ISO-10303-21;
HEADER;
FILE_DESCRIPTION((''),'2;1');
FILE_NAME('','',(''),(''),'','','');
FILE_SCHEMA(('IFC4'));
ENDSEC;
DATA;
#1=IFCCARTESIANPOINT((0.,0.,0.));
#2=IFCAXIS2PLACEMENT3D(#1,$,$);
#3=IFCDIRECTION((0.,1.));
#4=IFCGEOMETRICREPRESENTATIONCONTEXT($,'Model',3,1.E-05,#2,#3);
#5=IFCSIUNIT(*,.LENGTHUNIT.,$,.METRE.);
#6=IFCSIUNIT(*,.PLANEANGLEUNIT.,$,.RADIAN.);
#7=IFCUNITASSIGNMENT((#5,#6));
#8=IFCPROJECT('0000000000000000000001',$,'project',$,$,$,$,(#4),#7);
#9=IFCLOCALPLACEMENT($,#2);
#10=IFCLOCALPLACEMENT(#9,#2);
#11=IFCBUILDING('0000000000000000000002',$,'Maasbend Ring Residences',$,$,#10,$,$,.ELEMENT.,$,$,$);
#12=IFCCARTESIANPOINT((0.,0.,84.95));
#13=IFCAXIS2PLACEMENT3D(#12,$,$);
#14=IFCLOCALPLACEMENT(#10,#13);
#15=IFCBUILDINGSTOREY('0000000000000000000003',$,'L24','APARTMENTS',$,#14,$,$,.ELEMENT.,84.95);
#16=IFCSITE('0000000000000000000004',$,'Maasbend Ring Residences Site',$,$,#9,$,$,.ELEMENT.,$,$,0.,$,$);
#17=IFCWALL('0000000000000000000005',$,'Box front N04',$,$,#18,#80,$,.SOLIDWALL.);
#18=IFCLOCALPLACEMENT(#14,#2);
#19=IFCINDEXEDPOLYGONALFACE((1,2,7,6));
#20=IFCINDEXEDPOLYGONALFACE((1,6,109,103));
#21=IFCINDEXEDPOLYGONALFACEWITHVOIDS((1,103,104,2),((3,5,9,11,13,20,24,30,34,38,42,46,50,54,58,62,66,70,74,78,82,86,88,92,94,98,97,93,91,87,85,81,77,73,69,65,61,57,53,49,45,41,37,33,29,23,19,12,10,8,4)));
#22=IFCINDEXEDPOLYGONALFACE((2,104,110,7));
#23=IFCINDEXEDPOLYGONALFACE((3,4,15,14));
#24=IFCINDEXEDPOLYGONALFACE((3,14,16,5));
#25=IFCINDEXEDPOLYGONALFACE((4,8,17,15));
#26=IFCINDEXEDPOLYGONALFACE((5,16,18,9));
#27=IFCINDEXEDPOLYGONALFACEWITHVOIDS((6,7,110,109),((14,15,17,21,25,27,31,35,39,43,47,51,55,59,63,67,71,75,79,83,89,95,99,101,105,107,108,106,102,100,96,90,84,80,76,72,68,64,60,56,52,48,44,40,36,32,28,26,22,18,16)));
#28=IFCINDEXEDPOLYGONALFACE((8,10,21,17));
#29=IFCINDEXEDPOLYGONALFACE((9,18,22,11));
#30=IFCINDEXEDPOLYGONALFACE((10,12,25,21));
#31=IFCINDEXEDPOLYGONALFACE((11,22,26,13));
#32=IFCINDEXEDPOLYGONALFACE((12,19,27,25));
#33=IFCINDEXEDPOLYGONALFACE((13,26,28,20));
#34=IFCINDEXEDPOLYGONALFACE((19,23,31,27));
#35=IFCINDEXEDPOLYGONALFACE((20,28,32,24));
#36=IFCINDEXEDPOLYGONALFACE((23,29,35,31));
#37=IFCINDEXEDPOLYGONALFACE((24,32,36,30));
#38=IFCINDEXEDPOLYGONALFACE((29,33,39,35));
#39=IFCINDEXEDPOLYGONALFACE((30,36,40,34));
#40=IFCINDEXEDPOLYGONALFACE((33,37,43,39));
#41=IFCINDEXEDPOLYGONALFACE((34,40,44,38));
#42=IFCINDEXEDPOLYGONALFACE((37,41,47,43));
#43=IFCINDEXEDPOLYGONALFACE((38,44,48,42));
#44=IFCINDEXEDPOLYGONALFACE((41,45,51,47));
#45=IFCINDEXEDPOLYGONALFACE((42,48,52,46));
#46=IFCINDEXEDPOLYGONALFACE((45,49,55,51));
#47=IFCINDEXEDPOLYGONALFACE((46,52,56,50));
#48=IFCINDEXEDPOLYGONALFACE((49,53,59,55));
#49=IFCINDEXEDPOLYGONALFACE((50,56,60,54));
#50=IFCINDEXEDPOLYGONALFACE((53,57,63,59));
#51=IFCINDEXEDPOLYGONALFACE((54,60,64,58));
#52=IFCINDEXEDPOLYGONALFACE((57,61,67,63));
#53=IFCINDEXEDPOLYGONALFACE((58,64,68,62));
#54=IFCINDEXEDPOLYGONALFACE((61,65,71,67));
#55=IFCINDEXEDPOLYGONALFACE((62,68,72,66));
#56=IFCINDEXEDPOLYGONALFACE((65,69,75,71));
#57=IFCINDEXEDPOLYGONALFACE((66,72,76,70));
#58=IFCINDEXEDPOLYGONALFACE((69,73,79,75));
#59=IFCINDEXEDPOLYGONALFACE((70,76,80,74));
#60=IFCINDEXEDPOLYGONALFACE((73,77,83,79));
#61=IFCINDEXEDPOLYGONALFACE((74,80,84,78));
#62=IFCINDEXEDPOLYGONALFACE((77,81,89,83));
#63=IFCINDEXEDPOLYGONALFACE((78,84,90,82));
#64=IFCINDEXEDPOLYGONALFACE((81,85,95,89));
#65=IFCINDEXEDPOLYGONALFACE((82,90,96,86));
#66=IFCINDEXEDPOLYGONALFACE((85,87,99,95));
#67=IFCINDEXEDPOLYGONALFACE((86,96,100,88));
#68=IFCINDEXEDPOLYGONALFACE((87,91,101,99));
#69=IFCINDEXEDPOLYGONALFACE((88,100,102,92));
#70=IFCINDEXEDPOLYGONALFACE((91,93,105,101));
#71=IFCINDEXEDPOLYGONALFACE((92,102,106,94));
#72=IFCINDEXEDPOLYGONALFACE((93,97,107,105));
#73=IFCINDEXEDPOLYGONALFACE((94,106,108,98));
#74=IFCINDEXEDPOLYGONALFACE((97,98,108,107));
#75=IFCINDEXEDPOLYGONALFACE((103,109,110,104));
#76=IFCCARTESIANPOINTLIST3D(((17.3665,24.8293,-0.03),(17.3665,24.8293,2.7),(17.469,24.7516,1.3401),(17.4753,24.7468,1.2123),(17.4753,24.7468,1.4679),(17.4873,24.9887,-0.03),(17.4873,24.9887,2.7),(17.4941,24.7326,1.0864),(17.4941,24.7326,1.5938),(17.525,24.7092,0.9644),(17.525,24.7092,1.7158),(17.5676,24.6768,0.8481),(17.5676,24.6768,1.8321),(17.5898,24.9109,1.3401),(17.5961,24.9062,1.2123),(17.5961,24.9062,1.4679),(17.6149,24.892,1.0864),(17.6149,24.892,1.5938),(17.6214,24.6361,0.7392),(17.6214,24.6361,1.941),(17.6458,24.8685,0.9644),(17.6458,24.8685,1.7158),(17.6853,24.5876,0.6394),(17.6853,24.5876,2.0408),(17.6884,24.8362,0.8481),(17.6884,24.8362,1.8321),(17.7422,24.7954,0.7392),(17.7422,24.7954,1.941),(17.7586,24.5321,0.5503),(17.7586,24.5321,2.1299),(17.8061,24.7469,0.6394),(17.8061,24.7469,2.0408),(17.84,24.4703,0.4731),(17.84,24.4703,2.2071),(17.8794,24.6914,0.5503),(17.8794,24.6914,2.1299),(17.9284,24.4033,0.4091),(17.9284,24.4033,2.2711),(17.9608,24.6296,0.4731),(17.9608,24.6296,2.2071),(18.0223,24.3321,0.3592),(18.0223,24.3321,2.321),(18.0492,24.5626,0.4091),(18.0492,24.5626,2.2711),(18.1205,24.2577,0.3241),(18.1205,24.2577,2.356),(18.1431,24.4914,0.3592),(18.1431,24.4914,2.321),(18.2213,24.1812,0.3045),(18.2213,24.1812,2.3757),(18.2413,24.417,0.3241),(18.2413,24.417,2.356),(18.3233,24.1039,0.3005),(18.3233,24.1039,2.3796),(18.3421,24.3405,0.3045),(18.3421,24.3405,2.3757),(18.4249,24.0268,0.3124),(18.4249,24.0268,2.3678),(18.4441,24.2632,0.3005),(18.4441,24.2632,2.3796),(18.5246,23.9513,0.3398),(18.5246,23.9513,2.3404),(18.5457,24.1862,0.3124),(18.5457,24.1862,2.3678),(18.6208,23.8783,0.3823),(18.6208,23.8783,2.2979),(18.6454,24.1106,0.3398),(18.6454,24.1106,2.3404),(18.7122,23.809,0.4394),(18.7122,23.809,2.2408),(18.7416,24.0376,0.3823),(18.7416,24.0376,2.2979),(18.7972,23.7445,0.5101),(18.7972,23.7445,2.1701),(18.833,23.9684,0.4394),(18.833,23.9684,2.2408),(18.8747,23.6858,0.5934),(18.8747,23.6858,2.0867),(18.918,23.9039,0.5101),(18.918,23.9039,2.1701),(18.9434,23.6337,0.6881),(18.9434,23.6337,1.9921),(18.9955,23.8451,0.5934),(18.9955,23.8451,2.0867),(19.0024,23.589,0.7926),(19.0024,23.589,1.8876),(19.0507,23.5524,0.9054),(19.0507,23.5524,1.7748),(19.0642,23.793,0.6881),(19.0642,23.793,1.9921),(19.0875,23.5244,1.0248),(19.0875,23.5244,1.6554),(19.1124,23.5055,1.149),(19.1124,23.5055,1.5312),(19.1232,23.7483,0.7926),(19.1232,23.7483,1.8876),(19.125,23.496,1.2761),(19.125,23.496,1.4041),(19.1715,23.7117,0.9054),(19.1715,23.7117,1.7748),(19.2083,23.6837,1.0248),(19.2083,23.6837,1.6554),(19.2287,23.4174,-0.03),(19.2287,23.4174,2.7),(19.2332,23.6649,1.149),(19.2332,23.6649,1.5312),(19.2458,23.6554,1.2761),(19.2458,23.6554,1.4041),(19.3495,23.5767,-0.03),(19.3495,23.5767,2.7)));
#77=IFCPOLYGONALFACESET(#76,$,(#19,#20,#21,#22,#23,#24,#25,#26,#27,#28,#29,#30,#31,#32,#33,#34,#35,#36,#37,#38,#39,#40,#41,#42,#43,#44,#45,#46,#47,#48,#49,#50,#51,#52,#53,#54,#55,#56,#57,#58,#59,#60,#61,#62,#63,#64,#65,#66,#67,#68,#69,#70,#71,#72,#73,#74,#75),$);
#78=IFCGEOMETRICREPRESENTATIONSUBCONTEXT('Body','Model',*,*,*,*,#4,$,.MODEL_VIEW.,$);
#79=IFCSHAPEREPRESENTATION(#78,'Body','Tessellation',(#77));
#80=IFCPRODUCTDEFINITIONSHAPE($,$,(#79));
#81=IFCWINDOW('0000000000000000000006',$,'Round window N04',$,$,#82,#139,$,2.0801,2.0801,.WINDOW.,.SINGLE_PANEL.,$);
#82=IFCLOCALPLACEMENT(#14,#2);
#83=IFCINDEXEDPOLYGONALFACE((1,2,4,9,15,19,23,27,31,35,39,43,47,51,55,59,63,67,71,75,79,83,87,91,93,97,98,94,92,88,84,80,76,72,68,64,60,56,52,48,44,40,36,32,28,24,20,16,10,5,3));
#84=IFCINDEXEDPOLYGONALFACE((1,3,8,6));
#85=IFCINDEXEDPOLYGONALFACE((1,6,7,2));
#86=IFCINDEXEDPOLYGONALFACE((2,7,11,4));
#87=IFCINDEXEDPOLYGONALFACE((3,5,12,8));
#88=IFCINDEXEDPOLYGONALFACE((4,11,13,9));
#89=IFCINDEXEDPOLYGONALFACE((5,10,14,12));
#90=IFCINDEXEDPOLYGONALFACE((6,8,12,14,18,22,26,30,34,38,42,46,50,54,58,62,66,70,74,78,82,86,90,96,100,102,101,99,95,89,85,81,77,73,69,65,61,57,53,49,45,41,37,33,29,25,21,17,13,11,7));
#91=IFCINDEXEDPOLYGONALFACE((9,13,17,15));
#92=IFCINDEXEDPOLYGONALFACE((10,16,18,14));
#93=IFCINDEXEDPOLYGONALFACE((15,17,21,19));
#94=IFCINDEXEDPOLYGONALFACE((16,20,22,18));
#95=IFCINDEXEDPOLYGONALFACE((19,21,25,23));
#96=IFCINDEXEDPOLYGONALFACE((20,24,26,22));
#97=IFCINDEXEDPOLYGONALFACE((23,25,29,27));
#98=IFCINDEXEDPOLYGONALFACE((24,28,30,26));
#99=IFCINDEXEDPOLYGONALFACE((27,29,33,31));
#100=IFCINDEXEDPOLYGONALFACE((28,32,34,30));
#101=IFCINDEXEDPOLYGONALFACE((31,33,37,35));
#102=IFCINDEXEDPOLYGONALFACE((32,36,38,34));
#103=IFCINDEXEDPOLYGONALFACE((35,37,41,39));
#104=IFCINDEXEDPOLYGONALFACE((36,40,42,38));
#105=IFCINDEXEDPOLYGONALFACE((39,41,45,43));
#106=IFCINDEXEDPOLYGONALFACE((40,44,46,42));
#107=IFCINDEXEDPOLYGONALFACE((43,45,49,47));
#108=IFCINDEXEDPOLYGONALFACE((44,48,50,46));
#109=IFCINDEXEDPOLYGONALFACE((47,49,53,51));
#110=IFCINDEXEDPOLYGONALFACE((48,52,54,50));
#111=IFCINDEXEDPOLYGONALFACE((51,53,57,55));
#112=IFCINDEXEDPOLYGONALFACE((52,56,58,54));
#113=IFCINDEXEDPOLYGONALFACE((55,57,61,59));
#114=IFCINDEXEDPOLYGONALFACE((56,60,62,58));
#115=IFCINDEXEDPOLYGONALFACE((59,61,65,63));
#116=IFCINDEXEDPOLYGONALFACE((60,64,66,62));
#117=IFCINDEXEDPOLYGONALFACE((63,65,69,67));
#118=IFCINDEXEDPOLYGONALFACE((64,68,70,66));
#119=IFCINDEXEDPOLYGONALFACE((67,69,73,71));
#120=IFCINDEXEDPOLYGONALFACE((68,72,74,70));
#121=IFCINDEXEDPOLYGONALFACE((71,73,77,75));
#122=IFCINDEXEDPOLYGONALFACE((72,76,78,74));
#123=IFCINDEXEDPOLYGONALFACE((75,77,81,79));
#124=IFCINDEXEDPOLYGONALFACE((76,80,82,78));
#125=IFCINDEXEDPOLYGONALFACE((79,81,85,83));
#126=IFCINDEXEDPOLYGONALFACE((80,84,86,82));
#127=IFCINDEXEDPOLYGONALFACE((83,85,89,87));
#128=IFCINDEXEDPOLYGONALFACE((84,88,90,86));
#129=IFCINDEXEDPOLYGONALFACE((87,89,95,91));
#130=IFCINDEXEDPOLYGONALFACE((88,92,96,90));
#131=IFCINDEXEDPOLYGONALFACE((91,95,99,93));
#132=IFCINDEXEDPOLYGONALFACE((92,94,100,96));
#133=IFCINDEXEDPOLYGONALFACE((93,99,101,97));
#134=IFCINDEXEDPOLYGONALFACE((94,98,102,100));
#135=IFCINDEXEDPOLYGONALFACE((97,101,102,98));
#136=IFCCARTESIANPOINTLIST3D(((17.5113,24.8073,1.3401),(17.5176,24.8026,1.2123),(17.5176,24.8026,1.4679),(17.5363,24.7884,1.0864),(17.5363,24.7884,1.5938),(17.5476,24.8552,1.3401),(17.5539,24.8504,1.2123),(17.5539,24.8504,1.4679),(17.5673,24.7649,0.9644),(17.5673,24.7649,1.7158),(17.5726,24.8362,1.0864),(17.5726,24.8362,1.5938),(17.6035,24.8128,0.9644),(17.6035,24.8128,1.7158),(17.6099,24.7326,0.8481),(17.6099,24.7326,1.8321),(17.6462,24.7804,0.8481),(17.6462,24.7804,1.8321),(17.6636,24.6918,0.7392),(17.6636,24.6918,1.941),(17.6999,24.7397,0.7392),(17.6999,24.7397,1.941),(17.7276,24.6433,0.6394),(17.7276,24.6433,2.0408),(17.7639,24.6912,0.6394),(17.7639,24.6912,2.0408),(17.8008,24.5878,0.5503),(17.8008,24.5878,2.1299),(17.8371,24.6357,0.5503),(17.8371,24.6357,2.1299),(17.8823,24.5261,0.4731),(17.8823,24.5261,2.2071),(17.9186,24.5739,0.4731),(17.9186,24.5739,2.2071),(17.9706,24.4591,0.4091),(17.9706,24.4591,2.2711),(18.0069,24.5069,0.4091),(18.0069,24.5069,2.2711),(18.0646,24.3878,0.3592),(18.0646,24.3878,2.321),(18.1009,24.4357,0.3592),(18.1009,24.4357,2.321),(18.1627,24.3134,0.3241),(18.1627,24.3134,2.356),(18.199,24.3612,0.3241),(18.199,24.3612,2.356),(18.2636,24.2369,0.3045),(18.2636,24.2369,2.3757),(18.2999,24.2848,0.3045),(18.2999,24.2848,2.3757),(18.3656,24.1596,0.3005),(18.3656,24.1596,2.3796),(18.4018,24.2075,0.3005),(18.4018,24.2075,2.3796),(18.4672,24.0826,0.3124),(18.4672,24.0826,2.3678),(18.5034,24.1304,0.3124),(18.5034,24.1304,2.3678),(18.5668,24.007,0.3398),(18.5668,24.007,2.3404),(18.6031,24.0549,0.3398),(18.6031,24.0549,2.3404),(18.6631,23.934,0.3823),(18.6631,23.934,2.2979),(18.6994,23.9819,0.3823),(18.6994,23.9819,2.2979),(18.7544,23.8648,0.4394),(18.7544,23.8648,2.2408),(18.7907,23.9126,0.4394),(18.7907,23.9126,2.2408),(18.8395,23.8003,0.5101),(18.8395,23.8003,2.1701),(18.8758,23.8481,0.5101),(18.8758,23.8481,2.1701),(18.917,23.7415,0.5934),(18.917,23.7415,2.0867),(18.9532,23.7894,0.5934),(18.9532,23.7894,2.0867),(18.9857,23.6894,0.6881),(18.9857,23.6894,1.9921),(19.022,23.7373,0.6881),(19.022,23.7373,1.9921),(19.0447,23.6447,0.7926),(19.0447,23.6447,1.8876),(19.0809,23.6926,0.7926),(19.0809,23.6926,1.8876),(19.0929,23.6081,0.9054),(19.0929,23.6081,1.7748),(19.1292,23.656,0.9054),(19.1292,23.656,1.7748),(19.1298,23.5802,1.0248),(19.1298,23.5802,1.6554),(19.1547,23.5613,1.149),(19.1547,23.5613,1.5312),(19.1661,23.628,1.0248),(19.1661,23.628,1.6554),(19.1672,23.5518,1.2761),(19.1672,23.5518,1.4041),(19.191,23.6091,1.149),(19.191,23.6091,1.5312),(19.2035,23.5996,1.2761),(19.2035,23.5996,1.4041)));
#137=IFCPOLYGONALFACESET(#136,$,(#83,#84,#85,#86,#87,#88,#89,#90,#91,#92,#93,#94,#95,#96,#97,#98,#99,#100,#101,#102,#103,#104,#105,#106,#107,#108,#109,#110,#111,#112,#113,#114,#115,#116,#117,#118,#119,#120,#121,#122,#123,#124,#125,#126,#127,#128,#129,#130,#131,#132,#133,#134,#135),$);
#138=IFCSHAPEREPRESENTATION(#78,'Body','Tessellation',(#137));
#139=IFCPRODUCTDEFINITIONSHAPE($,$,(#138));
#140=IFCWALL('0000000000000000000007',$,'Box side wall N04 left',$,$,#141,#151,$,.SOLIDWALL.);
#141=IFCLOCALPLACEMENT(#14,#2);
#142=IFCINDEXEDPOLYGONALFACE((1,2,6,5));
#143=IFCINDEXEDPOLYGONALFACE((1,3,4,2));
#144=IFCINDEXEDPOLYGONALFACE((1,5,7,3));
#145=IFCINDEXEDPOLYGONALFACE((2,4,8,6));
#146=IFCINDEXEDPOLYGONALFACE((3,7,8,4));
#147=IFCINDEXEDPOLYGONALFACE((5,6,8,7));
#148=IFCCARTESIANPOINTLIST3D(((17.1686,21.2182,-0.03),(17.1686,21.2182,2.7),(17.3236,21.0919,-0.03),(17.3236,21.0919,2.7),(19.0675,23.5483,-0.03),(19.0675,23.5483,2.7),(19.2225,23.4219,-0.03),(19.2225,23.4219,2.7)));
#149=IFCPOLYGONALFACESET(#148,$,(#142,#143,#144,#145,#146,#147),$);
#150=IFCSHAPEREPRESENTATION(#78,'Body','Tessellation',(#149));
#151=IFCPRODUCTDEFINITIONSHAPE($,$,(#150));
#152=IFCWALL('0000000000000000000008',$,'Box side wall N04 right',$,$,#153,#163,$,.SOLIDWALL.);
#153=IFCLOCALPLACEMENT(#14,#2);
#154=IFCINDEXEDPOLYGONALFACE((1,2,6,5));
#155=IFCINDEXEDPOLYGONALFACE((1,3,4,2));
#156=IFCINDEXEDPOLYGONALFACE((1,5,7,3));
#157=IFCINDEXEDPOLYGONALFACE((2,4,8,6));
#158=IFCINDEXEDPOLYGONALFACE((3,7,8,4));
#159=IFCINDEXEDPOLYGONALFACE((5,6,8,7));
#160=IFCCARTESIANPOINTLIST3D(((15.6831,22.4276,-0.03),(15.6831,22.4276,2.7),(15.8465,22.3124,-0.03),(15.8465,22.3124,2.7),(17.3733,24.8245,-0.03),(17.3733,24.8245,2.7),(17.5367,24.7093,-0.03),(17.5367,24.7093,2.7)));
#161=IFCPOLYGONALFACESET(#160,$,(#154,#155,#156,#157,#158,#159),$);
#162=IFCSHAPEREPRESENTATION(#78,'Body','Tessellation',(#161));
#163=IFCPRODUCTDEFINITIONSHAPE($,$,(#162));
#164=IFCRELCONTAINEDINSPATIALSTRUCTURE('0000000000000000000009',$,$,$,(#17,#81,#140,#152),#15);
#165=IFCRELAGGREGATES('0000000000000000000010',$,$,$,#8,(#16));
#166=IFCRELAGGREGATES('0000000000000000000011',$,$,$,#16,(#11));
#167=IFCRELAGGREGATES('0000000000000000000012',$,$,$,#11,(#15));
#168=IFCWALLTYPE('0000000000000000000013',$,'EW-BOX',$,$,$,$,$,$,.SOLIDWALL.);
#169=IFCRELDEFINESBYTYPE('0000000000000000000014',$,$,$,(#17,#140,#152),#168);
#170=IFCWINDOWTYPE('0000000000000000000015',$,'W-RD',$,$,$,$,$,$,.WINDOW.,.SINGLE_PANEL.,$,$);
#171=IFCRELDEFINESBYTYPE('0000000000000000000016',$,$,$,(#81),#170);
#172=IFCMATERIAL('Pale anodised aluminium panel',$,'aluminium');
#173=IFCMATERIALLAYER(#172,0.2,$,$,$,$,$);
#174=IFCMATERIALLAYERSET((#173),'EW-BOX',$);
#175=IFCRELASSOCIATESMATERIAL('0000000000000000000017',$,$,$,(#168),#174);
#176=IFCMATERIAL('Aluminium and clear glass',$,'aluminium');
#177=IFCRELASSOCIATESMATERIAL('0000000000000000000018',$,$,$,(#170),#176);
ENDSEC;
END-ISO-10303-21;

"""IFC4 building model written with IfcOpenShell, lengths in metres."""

from ifc_helpers import new_model, si_unit, direction, frame, frame_2d, origin, place, context, subcontext, project, spatial, rectangle, circle, extrude, material, layer, layer_set, type_object, element, fill, save


model = new_model("IFC4")

# Units and contexts
model_context = context("Model", 3, precision=1e-05, world=origin(), true_north=direction((0.0, 1.0)))
body_context = subcontext(model_context, "Body", "Model", "MODEL_VIEW")
ifc_project = project(units=[si_unit("LENGTHUNIT", "METRE"), si_unit("PLANEANGLEUNIT", "RADIAN")], contexts=[model_context])

# Site, building, storey
site_placement = place(None, origin())
site = spatial("IfcSite", under=ifc_project, at=site_placement, Name="Maasbend Ring Residences Site", CompositionType="ELEMENT", RefElevation=0.0)
building_placement = place(site_placement, origin())
building = spatial("IfcBuilding", under=site, at=building_placement, Name="Maasbend Ring Residences", CompositionType="ELEMENT")
storey_placement = place(building_placement, frame((0.0, 0.0, 84.95)))
storey = spatial("IfcBuildingStorey", under=building, at=storey_placement, Name="L24", Description="APARTMENTS", CompositionType="ELEMENT", Elevation=84.95)

# Shared definitions
ifc_material_1 = material(Name="Pale anodised aluminium panel", Category="aluminium")
ifc_layer_1 = layer(ifc_material_1, 0.2)
ifc_layer_set_1 = layer_set([ifc_layer_1], Name="EW-BOX")
wall_type_1 = type_object("IfcWallType", Name="EW-BOX", PredefinedType="SOLIDWALL", material=ifc_layer_set_1)
ifc_material_2 = material(Name="Aluminium and clear glass", Category="aluminium")
window_type_1 = type_object("IfcWindowType", Name="W-RD", PartitioningType="SINGLE_PANEL", PredefinedType="WINDOW", material=ifc_material_2)

# Wall, opening, window
wall_1_placement = place(storey_placement, frame((19.2891, 23.4971, -0.03), z_axis=(0.0, 0.0, 1.0), x_axis=(-0.796842, 0.604188, 0.0)))
wall_1 = element("IfcWall", 1, at=wall_1_placement, inside=storey, type_object=wall_type_1, Name="Box front N04", PredefinedType="SOLIDWALL", context=body_context, shape_type="SweptSolid", body=[
    extrude(rectangle(XDim=2.3369, YDim=0.2, at=frame_2d((1.1685, 0.0))), origin(), (0.0, 0.0, 1.0), 2.73),
])
opening_1_placement = place(wall_1_placement, frame((0.1282, 0.0, 0.3301)))
opening_1 = element("IfcOpeningElement", 2, at=opening_1_placement, cuts=wall_1, PredefinedType="OPENING", context=body_context, shape_type="SweptSolid", body=[
    extrude(circle(Radius=1.04, at=frame_2d((1.04, 1.04))), frame((0.0, 0.1099, 0.0), z_axis=(0.0, -1.0, 0.0), x_axis=(1.0, 0.0, 0.0)), (0.0, 0.0, 1.0), 0.22),
])
window_1_placement = place(opening_1_placement, origin())
window_1 = element("IfcWindow", 3, at=window_1_placement, inside=storey, type_object=window_type_1, Name="Round window N04", OverallHeight=2.0801, OverallWidth=2.0801, PartitioningType="SINGLE_PANEL", PredefinedType="WINDOW", context=body_context, shape_type="SweptSolid", body=[
    extrude(circle(Radius=1.04, at=frame_2d((1.04, 1.04))), frame((0.0, 0.03, 0.0), z_axis=(0.0, -1.0, 0.0), x_axis=(1.0, 0.0, 0.0)), (0.0, 0.0, 1.0), 0.0601),
])
fill(opening_1, window_1)

# Walls
wall_2_placement = place(storey_placement, frame((17.2461, 21.155, -0.03), z_axis=(0.0, 0.0, 1.0), x_axis=(0.631742, 0.775179, 0.0)))
element("IfcWall", 4, at=wall_2_placement, inside=storey, type_object=wall_type_1, Name="Box side wall N04 left", PredefinedType="SOLIDWALL", context=body_context, shape_type="SweptSolid", body=[
    extrude(rectangle(XDim=3.0059, YDim=0.2, at=frame_2d((1.5029, 0.0))), origin(), (0.0, 0.0, 1.0), 2.73),
])
wall_3_placement = place(storey_placement, frame((15.7649, 22.3701, -0.03), z_axis=(0.0, 0.0, 1.0), x_axis=(0.576275, 0.817256, 0.0)))
element("IfcWall", 5, at=wall_3_placement, inside=storey, type_object=wall_type_1, Name="Box side wall N04 right", PredefinedType="SOLIDWALL", context=body_context, shape_type="SweptSolid", body=[
    extrude(rectangle(XDim=2.9329, YDim=0.2, at=frame_2d((1.4663, 0.0))), origin(), (0.0, 0.0, 1.0), 2.73),
])

save(model, "model.ifc")
